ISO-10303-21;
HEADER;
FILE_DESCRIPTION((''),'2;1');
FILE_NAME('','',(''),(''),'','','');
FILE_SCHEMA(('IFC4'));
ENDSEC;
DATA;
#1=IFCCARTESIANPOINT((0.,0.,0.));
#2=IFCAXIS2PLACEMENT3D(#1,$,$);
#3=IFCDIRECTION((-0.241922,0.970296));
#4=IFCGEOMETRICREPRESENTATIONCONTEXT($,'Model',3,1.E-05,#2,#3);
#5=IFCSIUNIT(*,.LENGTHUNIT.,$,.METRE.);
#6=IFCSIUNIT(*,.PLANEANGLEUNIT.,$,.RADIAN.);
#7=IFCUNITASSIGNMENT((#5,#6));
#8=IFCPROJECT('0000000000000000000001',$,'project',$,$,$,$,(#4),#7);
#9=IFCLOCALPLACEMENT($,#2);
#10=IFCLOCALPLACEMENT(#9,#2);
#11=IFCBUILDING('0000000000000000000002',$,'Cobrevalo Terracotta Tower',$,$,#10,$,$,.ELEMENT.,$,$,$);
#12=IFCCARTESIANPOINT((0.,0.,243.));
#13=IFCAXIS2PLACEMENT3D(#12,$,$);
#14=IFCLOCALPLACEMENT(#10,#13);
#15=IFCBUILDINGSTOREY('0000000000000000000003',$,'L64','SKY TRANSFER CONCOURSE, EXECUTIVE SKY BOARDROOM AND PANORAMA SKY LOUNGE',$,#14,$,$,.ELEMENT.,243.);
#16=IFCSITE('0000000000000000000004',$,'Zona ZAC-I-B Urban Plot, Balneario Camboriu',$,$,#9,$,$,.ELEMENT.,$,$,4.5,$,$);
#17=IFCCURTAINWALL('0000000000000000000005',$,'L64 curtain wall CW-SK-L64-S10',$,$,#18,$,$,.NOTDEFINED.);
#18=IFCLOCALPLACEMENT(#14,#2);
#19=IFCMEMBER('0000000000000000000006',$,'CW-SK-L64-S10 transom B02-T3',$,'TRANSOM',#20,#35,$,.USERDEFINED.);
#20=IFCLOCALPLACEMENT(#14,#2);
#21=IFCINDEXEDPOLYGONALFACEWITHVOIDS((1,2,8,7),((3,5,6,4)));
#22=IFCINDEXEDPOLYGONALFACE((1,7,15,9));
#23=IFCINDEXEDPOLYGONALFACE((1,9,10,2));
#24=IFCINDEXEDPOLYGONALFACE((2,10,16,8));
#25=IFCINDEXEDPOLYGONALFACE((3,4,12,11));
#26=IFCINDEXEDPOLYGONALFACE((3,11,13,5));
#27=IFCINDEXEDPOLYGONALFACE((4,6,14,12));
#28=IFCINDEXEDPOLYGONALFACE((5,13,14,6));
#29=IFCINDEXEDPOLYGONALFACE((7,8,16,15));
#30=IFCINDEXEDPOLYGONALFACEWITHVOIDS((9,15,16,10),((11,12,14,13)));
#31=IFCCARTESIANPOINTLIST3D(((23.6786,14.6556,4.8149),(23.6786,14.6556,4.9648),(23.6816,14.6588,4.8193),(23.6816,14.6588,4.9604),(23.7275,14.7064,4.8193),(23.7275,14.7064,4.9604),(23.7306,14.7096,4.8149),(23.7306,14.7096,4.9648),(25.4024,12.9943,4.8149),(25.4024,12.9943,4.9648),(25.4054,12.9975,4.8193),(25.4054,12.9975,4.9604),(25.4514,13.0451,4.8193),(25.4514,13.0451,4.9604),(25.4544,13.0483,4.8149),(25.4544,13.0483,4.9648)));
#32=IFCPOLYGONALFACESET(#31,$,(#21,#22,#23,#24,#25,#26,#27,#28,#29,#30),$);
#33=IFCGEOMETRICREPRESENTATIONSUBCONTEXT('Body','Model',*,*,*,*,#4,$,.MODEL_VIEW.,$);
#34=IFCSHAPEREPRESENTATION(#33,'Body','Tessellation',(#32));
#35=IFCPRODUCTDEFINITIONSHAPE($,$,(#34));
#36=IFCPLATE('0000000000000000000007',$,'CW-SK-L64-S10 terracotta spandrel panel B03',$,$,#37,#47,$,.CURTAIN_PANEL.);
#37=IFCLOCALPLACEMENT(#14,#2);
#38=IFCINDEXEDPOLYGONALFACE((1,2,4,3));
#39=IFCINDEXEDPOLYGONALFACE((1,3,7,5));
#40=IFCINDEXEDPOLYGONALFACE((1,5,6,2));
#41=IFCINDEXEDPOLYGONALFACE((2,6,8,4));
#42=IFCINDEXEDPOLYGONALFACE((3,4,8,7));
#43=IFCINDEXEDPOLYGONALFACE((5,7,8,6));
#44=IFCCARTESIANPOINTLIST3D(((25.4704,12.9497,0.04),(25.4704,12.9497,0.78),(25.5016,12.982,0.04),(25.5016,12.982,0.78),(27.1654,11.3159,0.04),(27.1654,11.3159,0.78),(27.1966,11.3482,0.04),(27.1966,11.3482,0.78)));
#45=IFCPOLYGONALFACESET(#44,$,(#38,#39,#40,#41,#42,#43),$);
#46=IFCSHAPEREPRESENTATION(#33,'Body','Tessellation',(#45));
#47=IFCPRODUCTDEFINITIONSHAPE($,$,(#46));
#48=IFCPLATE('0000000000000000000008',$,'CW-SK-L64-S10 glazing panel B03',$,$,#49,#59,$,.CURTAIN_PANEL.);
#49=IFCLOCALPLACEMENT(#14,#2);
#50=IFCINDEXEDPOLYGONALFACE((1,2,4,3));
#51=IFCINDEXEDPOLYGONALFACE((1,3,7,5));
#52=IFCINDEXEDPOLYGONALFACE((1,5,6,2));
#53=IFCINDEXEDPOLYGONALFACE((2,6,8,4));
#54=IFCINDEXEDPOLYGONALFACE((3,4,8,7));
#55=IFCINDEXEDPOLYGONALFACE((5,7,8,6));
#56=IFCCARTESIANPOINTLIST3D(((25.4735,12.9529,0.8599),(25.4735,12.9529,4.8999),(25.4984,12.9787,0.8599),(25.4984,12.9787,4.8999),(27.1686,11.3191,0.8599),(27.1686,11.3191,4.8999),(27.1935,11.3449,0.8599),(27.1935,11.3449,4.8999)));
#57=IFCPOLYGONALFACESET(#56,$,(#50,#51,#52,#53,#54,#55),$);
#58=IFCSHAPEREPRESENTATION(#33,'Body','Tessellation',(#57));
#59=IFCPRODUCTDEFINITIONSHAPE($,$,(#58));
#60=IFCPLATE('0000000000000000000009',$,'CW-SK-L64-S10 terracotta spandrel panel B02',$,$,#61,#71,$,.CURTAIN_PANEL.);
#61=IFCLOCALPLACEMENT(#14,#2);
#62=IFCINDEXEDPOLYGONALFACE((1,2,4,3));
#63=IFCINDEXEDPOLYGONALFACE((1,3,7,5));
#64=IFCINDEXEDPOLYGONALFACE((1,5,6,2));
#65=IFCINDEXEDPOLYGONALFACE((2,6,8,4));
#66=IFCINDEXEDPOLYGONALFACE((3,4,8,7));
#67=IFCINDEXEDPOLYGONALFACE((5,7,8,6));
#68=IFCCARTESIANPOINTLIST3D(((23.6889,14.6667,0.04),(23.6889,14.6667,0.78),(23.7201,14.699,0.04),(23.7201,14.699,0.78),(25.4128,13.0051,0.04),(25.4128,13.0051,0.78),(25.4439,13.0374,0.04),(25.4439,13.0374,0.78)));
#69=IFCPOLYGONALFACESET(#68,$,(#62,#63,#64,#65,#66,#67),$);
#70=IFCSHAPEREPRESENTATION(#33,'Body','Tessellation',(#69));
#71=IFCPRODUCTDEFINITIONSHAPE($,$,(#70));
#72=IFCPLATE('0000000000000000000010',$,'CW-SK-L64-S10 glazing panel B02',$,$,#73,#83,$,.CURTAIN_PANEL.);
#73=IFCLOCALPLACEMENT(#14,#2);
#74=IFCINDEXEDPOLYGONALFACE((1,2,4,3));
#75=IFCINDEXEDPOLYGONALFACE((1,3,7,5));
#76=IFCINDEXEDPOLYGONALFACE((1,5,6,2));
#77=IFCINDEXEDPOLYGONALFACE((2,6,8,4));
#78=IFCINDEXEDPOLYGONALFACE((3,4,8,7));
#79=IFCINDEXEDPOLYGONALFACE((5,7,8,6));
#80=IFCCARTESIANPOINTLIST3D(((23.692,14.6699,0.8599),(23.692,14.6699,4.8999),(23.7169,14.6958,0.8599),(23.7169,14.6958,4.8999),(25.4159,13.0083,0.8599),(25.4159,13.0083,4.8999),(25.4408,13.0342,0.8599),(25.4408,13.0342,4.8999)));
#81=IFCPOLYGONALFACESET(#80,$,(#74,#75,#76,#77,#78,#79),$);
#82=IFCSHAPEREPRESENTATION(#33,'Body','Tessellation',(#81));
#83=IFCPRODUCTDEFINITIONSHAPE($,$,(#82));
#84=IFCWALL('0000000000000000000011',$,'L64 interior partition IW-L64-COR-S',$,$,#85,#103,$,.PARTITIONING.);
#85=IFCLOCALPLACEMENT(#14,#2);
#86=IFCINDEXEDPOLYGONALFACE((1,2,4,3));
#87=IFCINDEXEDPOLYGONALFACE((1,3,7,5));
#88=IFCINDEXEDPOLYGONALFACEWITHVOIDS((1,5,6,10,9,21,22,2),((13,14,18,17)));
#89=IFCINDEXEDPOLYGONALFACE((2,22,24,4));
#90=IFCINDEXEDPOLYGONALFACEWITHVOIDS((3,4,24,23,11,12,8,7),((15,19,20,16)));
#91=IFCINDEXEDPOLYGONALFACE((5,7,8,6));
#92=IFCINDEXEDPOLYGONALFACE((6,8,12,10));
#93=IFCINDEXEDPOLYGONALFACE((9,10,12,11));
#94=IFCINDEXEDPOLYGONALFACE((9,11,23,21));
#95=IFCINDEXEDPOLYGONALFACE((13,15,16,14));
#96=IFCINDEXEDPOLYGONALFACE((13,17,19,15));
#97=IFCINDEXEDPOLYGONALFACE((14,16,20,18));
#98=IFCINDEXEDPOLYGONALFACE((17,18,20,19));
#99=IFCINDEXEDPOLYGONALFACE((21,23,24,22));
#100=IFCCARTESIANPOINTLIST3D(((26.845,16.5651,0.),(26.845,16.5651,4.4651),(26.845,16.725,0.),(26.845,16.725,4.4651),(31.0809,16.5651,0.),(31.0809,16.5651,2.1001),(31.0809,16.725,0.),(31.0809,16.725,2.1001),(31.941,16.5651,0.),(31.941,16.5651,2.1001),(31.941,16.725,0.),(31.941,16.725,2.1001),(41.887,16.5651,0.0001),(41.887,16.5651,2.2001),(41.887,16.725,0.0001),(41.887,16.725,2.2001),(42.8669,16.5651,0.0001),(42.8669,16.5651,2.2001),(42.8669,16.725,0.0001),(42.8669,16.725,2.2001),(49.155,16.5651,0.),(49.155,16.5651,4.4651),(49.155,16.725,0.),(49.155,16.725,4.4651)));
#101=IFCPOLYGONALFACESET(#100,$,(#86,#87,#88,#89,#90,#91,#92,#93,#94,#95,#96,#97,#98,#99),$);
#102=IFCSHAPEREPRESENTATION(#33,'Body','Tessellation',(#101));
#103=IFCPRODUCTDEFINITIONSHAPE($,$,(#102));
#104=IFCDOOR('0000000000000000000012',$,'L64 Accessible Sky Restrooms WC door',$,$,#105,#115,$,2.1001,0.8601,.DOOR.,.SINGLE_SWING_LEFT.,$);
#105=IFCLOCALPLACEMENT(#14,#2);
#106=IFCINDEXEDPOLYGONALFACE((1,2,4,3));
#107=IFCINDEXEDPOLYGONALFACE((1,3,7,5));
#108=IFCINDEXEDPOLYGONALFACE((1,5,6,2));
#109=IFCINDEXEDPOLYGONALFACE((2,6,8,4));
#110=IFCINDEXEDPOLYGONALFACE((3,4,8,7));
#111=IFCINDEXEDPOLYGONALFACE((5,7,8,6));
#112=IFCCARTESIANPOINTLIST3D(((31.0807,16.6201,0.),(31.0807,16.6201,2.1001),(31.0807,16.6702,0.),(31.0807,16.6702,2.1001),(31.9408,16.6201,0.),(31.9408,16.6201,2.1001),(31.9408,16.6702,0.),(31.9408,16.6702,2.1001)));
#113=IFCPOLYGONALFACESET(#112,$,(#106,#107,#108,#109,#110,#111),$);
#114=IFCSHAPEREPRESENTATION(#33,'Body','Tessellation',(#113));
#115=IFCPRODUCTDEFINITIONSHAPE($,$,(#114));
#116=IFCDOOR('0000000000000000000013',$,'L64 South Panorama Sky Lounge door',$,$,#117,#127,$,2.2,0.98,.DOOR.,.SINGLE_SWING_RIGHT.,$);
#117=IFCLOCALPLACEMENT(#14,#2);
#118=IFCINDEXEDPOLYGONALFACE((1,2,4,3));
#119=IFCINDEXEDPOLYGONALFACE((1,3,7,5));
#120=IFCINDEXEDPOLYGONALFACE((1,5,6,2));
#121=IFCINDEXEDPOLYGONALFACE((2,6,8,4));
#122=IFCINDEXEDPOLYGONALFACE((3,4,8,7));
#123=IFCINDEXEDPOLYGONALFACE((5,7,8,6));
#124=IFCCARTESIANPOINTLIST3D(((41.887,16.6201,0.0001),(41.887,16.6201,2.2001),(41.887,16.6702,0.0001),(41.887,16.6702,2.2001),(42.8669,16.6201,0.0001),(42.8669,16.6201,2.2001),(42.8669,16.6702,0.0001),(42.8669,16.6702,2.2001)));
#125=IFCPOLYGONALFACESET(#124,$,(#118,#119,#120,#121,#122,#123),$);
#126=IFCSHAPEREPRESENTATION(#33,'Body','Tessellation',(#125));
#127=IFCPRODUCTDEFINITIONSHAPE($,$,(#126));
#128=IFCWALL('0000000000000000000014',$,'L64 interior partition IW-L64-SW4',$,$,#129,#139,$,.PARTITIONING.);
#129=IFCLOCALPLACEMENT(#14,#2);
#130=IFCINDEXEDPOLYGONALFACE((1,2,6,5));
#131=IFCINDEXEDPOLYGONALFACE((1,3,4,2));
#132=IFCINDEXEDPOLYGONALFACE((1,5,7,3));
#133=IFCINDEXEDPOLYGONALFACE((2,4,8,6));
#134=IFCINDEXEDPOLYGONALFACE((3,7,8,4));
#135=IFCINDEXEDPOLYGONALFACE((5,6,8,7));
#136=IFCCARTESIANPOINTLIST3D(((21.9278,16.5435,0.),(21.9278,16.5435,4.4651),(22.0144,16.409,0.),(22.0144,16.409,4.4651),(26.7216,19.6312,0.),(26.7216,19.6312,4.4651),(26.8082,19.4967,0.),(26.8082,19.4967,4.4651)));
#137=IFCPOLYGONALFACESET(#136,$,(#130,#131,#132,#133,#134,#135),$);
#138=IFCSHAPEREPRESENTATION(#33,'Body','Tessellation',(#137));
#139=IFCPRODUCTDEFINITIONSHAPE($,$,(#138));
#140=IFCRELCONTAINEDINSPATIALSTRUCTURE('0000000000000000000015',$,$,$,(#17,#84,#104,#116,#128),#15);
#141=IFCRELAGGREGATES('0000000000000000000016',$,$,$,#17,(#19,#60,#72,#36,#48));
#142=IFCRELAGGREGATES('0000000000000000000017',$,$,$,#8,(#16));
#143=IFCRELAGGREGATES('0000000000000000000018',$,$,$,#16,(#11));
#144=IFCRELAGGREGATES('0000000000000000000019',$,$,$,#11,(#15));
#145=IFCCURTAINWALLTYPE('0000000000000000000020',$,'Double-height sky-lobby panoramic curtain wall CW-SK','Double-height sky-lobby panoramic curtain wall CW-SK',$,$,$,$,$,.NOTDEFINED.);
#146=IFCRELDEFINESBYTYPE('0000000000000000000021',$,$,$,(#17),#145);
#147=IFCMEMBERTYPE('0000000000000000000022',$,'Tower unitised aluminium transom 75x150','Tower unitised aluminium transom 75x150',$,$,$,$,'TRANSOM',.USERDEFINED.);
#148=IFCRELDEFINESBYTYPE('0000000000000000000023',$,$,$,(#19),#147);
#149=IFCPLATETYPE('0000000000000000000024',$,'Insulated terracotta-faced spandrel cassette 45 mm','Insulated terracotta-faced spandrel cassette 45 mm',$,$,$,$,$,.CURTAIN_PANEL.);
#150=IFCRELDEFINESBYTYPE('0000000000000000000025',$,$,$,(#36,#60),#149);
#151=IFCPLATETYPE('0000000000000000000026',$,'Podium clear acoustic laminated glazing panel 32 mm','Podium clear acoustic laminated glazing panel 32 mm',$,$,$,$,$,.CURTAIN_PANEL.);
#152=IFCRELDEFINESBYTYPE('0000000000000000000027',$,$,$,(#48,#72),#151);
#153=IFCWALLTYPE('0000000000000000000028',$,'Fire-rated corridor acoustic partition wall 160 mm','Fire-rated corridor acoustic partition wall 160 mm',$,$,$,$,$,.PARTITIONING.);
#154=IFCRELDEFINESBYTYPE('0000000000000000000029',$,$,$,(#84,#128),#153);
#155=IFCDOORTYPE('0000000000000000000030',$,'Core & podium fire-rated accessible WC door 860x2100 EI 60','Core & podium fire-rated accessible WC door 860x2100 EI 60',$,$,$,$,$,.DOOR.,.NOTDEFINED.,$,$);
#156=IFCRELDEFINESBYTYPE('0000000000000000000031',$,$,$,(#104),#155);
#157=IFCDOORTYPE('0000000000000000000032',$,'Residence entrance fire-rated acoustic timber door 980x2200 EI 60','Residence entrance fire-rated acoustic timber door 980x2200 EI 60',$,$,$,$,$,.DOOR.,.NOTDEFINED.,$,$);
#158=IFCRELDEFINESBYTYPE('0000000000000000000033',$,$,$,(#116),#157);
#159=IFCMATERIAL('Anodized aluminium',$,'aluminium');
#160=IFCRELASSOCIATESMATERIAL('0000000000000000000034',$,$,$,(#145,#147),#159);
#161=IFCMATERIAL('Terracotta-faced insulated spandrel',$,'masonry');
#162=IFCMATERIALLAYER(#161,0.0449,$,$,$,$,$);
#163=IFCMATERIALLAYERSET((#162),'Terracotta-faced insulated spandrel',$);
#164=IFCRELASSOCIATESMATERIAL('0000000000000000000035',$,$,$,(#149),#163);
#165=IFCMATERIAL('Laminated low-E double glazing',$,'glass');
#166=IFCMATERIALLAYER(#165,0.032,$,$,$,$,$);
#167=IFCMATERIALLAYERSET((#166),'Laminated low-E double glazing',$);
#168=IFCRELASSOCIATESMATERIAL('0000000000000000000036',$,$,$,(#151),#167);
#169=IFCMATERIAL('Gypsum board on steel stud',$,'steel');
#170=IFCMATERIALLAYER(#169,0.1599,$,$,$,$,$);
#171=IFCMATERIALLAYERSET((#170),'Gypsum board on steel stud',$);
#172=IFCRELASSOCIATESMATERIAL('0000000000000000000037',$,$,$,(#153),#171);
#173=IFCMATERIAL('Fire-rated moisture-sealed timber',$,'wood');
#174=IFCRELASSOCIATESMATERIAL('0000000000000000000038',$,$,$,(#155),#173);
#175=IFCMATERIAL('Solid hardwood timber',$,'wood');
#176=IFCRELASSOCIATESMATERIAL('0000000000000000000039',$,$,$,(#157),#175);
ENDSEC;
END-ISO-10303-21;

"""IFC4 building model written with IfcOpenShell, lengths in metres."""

from ifc_helpers import new_model, si_unit, direction, frame, frame_2d, origin, origin_2d, place, context, subcontext, project, spatial, rectangle, hollow_rectangle, extrude, source, transform, mapped, material, layer, layer_set, material_profile, profile_set, type_object, element, fill, aggregate, save


model = new_model("IFC4")

# Units and contexts
model_context = context("Model", 3, precision=1e-05, world=origin(), true_north=direction((-0.241922, 0.970296)))
body_context = subcontext(model_context, "Body", "Model", "MODEL_VIEW")
ifc_project = project(units=[si_unit("LENGTHUNIT", "METRE"), si_unit("PLANEANGLEUNIT", "RADIAN")], contexts=[model_context])

# Site, building, storey
site_placement = place(None, origin())
site = spatial("IfcSite", under=ifc_project, at=site_placement, Name="Zona ZAC-I-B Urban Plot, Balneario Camboriu", CompositionType="ELEMENT", RefElevation=4.5)
building_placement = place(site_placement, origin())
building = spatial("IfcBuilding", under=site, at=building_placement, Name="Cobrevalo Terracotta Tower", CompositionType="ELEMENT")
storey_placement = place(building_placement, frame((0.0, 0.0, 243.0)))
storey = spatial("IfcBuildingStorey", under=building, at=storey_placement, Name="L64", Description="SKY TRANSFER CONCOURSE, EXECUTIVE SKY BOARDROOM AND PANORAMA SKY LOUNGE", CompositionType="ELEMENT", Elevation=243.0)

# Curtain wall, member, plates
ifc_material_1 = material(Name="Anodized aluminium", Category="aluminium")
curtain_wall_type = type_object("IfcCurtainWallType", Name="Double-height sky-lobby panoramic curtain wall CW-SK", Description="Double-height sky-lobby panoramic curtain wall CW-SK", PredefinedType="NOTDEFINED", material=ifc_material_1)
curtain_wall_placement = place(storey_placement, origin())
curtain_wall = element("IfcCurtainWall", 1, at=curtain_wall_placement, inside=storey, type_object=curtain_wall_type, Name="L64 curtain wall CW-SK-L64-S10", PredefinedType="NOTDEFINED")
ifc_material_profile_1 = material_profile(ifc_material_1, hollow_rectangle(XDim=0.075, YDim=0.1499, WallThickness=0.0044, at=origin_2d()), Name="CWT 75x150")
ifc_profile_set_1 = profile_set([ifc_material_profile_1], Name="Anodized aluminium")
member_type_1 = type_object("IfcMemberType", Name="Tower unitised aluminium transom 75x150", Description="Tower unitised aluminium transom 75x150", ElementType="TRANSOM", PredefinedType="USERDEFINED", material=ifc_profile_set_1)
shared_shape_1 = source(origin(), body_context, "Body", "SweptSolid", [
    extrude(hollow_rectangle(XDim=0.075, YDim=0.1499, WallThickness=0.0044, at=origin_2d()), origin(), (0.0, 0.0, 1.0), 2.394),
])
member_1_placement = place(storey_placement, frame((23.7046, 14.6826, 4.8899), z_axis=(0.720039, -0.693934, 0.0), x_axis=(0.693934, 0.720039, 0.0)))
member_1 = element("IfcMember", 2, at=member_1_placement, type_object=member_type_1, Name="CW-SK-L64-S10 transom B02-T3", ObjectType="TRANSOM", PredefinedType="USERDEFINED", context=body_context, shape_type="MappedRepresentation", body=[
    mapped(shared_shape_1, transform((0.0, 0.0, 0.0), scale=1.0)),
])
ifc_material_2 = material(Name="Terracotta-faced insulated spandrel", Category="masonry")
ifc_layer_1 = layer(ifc_material_2, 0.0449)
ifc_layer_set_1 = layer_set([ifc_layer_1], Name="Terracotta-faced insulated spandrel")
plate_type_1 = type_object("IfcPlateType", Name="Insulated terracotta-faced spandrel cassette 45 mm", Description="Insulated terracotta-faced spandrel cassette 45 mm", PredefinedType="CURTAIN_PANEL", material=ifc_layer_set_1)
shared_shape_2 = source(origin(), body_context, "Body", "SweptSolid", [
    extrude(rectangle(XDim=2.3542, YDim=0.0449, at=origin_2d()), origin(), (0.0, 0.0, 1.0), 0.74),
])
plate_1_placement = place(storey_placement, frame((26.3335, 12.1489, 0.04), z_axis=(0.0, 0.0, 1.0), x_axis=(0.719997, -0.693978, 0.0)))
plate_1 = element("IfcPlate", 3, at=plate_1_placement, type_object=plate_type_1, Name="CW-SK-L64-S10 terracotta spandrel panel B03", PredefinedType="CURTAIN_PANEL", context=body_context, shape_type="MappedRepresentation", body=[
    mapped(shared_shape_2, transform((0.0, 0.0, 0.0), scale=1.0)),
])
ifc_material_3 = material(Name="Laminated low-E double glazing", Category="glass")
ifc_layer_2 = layer(ifc_material_3, 0.032)
ifc_layer_set_2 = layer_set([ifc_layer_2], Name="Laminated low-E double glazing")
plate_type_2 = type_object("IfcPlateType", Name="Podium clear acoustic laminated glazing panel 32 mm", Description="Podium clear acoustic laminated glazing panel 32 mm", PredefinedType="CURTAIN_PANEL", material=ifc_layer_set_2)
shared_shape_3 = source(origin(), body_context, "Body", "SweptSolid", [
    extrude(rectangle(XDim=2.3542, YDim=0.0359, at=origin_2d()), origin(), (0.0, 0.0, 1.0), 4.04),
])
plate_2_placement = place(storey_placement, frame((26.3335, 12.1489, 0.8599), z_axis=(0.0, 0.0, 1.0), x_axis=(0.719997, -0.693978, 0.0)))
plate_2 = element("IfcPlate", 4, at=plate_2_placement, type_object=plate_type_2, Name="CW-SK-L64-S10 glazing panel B03", PredefinedType="CURTAIN_PANEL", context=body_context, shape_type="MappedRepresentation", body=[
    mapped(shared_shape_3, transform((0.0, 0.0, 0.0), scale=1.0)),
])
shared_shape_4 = source(origin(), body_context, "Body", "SweptSolid", [
    extrude(rectangle(XDim=2.3943, YDim=0.0449, at=origin_2d()), origin(), (0.0, 0.0, 1.0), 0.74),
])
plate_3_placement = place(storey_placement, frame((24.5664, 13.8521, 0.04), z_axis=(0.0, 0.0, 1.0), x_axis=(0.719997, -0.693978, 0.0)))
plate_3 = element("IfcPlate", 5, at=plate_3_placement, type_object=plate_type_1, Name="CW-SK-L64-S10 terracotta spandrel panel B02", PredefinedType="CURTAIN_PANEL", context=body_context, shape_type="MappedRepresentation", body=[
    mapped(shared_shape_4, transform((0.0, 0.0, 0.0), scale=1.0)),
])
shared_shape_5 = source(origin(), body_context, "Body", "SweptSolid", [
    extrude(rectangle(XDim=2.3943, YDim=0.0359, at=origin_2d()), origin(), (0.0, 0.0, 1.0), 4.04),
])
plate_4_placement = place(storey_placement, frame((24.5664, 13.8521, 0.8599), z_axis=(0.0, 0.0, 1.0), x_axis=(0.719997, -0.693978, 0.0)))
plate_4 = element("IfcPlate", 6, at=plate_4_placement, type_object=plate_type_2, Name="CW-SK-L64-S10 glazing panel B02", PredefinedType="CURTAIN_PANEL", context=body_context, shape_type="MappedRepresentation", body=[
    mapped(shared_shape_5, transform((0.0, 0.0, 0.0), scale=1.0)),
])
aggregate(curtain_wall, [member_1, plate_3, plate_4, plate_1, plate_2])

# Wall, openings, doors
ifc_material_4 = material(Name="Gypsum board on steel stud", Category="steel")
ifc_layer_3 = layer(ifc_material_4, 0.1599)
ifc_layer_set_3 = layer_set([ifc_layer_3], Name="Gypsum board on steel stud")
wall_type = type_object("IfcWallType", Name="Fire-rated corridor acoustic partition wall 160 mm", Description="Fire-rated corridor acoustic partition wall 160 mm", PredefinedType="PARTITIONING", material=ifc_layer_set_3)
wall_1_placement = place(storey_placement, frame((26.845, 16.645, 0.0), z_axis=(0.0, 0.0, 1.0), x_axis=(1.0, 0.0, 0.0)))
wall_1 = element("IfcWall", 7, at=wall_1_placement, inside=storey, type_object=wall_type, Name="L64 interior partition IW-L64-COR-S", PredefinedType="PARTITIONING", context=body_context, shape_type="SweptSolid", body=[
    extrude(rectangle(XDim=22.3101, YDim=0.1599, at=frame_2d((11.155, 0.0))), origin(), (0.0, 0.0, 1.0), 4.4651),
])
opening_1_placement = place(wall_1_placement, frame((4.2358, 0.0, 0.0)))
opening_1 = element("IfcOpeningElement", 8, at=opening_1_placement, cuts=wall_1, PredefinedType="OPENING", context=body_context, shape_type="SweptSolid", body=[
    extrude(rectangle(XDim=0.8601, YDim=2.1001, at=frame_2d((0.4302, 1.05))), frame((0.0, 0.0898, 0.0), z_axis=(0.0, -1.0, 0.0), x_axis=(1.0, 0.0, 0.0)), (0.0, 0.0, 1.0), 0.1799),
])
opening_2_placement = place(wall_1_placement, frame((15.042, 0.0, 0.0)))
opening_2 = element("IfcOpeningElement", 9, at=opening_2_placement, cuts=wall_1, PredefinedType="OPENING", context=body_context, shape_type="SweptSolid", body=[
    extrude(rectangle(XDim=0.98, YDim=2.2, at=frame_2d((0.49, 1.1001))), frame((0.0, 0.0898, 0.0), z_axis=(0.0, -1.0, 0.0), x_axis=(1.0, 0.0, 0.0)), (0.0, 0.0, 1.0), 0.1799),
])
ifc_material_5 = material(Name="Fire-rated moisture-sealed timber", Category="wood")
door_type_1 = type_object("IfcDoorType", Name="Core & podium fire-rated accessible WC door 860x2100 EI 60", Description="Core & podium fire-rated accessible WC door 860x2100 EI 60", OperationType="NOTDEFINED", PredefinedType="DOOR", material=ifc_material_5)
shared_shape_6 = source(origin(), body_context, "Body", "SweptSolid", [
    extrude(rectangle(XDim=0.8601, YDim=2.1001, at=frame_2d((0.4302, 1.05))), frame((0.0, 0.0249, 0.0), z_axis=(0.0, -1.0, 0.0), x_axis=(1.0, 0.0, 0.0)), (0.0, 0.0, 1.0), 0.05),
])
door_1_placement = place(opening_1_placement, frame((0.8601, 0.0, 0.0), z_axis=(0.0, 0.0, 1.0), x_axis=(-1.0, 0.0, 0.0)))
door_1 = element("IfcDoor", 10, at=door_1_placement, inside=storey, type_object=door_type_1, Name="L64 Accessible Sky Restrooms WC door", OperationType="SINGLE_SWING_LEFT", OverallHeight=2.1001, OverallWidth=0.8601, PredefinedType="DOOR", context=body_context, shape_type="MappedRepresentation", body=[
    mapped(shared_shape_6, transform((0.0, 0.0, 0.0), scale=1.0)),
])
fill(opening_1, door_1)
ifc_material_6 = material(Name="Solid hardwood timber", Category="wood")
door_type_2 = type_object("IfcDoorType", Name="Residence entrance fire-rated acoustic timber door 980x2200 EI 60", Description="Residence entrance fire-rated acoustic timber door 980x2200 EI 60", OperationType="NOTDEFINED", PredefinedType="DOOR", material=ifc_material_6)
shared_shape_7 = source(origin(), body_context, "Body", "SweptSolid", [
    extrude(rectangle(XDim=0.98, YDim=2.2, at=frame_2d((0.49, 1.1001))), frame((0.0, 0.0249, 0.0), z_axis=(0.0, -1.0, 0.0), x_axis=(1.0, 0.0, 0.0)), (0.0, 0.0, 1.0), 0.05),
])
door_2_placement = place(opening_2_placement, frame((0.98, 0.0, 0.0), z_axis=(0.0, 0.0, 1.0), x_axis=(-1.0, 0.0, 0.0)))
door_2 = element("IfcDoor", 11, at=door_2_placement, inside=storey, type_object=door_type_2, Name="L64 South Panorama Sky Lounge door", OperationType="SINGLE_SWING_RIGHT", OverallHeight=2.2, OverallWidth=0.98, PredefinedType="DOOR", context=body_context, shape_type="MappedRepresentation", body=[
    mapped(shared_shape_7, transform((0.0, 0.0, 0.0), scale=1.0)),
])
fill(opening_2, door_2)

# Wall
wall_2_placement = place(storey_placement, frame((26.7649, 19.564, 0.0), z_axis=(0.0, 0.0, 1.0), x_axis=(-0.840701, -0.5415, 0.0)))
element("IfcWall", 12, at=wall_2_placement, inside=storey, type_object=wall_type, Name="L64 interior partition IW-L64-SW4", PredefinedType="PARTITIONING", context=body_context, shape_type="SweptSolid", body=[
    extrude(rectangle(XDim=5.7021, YDim=0.1599, at=frame_2d((2.8511, 0.0))), origin(), (0.0, 0.0, 1.0), 4.4651),
])

save(model, "model.ifc")
